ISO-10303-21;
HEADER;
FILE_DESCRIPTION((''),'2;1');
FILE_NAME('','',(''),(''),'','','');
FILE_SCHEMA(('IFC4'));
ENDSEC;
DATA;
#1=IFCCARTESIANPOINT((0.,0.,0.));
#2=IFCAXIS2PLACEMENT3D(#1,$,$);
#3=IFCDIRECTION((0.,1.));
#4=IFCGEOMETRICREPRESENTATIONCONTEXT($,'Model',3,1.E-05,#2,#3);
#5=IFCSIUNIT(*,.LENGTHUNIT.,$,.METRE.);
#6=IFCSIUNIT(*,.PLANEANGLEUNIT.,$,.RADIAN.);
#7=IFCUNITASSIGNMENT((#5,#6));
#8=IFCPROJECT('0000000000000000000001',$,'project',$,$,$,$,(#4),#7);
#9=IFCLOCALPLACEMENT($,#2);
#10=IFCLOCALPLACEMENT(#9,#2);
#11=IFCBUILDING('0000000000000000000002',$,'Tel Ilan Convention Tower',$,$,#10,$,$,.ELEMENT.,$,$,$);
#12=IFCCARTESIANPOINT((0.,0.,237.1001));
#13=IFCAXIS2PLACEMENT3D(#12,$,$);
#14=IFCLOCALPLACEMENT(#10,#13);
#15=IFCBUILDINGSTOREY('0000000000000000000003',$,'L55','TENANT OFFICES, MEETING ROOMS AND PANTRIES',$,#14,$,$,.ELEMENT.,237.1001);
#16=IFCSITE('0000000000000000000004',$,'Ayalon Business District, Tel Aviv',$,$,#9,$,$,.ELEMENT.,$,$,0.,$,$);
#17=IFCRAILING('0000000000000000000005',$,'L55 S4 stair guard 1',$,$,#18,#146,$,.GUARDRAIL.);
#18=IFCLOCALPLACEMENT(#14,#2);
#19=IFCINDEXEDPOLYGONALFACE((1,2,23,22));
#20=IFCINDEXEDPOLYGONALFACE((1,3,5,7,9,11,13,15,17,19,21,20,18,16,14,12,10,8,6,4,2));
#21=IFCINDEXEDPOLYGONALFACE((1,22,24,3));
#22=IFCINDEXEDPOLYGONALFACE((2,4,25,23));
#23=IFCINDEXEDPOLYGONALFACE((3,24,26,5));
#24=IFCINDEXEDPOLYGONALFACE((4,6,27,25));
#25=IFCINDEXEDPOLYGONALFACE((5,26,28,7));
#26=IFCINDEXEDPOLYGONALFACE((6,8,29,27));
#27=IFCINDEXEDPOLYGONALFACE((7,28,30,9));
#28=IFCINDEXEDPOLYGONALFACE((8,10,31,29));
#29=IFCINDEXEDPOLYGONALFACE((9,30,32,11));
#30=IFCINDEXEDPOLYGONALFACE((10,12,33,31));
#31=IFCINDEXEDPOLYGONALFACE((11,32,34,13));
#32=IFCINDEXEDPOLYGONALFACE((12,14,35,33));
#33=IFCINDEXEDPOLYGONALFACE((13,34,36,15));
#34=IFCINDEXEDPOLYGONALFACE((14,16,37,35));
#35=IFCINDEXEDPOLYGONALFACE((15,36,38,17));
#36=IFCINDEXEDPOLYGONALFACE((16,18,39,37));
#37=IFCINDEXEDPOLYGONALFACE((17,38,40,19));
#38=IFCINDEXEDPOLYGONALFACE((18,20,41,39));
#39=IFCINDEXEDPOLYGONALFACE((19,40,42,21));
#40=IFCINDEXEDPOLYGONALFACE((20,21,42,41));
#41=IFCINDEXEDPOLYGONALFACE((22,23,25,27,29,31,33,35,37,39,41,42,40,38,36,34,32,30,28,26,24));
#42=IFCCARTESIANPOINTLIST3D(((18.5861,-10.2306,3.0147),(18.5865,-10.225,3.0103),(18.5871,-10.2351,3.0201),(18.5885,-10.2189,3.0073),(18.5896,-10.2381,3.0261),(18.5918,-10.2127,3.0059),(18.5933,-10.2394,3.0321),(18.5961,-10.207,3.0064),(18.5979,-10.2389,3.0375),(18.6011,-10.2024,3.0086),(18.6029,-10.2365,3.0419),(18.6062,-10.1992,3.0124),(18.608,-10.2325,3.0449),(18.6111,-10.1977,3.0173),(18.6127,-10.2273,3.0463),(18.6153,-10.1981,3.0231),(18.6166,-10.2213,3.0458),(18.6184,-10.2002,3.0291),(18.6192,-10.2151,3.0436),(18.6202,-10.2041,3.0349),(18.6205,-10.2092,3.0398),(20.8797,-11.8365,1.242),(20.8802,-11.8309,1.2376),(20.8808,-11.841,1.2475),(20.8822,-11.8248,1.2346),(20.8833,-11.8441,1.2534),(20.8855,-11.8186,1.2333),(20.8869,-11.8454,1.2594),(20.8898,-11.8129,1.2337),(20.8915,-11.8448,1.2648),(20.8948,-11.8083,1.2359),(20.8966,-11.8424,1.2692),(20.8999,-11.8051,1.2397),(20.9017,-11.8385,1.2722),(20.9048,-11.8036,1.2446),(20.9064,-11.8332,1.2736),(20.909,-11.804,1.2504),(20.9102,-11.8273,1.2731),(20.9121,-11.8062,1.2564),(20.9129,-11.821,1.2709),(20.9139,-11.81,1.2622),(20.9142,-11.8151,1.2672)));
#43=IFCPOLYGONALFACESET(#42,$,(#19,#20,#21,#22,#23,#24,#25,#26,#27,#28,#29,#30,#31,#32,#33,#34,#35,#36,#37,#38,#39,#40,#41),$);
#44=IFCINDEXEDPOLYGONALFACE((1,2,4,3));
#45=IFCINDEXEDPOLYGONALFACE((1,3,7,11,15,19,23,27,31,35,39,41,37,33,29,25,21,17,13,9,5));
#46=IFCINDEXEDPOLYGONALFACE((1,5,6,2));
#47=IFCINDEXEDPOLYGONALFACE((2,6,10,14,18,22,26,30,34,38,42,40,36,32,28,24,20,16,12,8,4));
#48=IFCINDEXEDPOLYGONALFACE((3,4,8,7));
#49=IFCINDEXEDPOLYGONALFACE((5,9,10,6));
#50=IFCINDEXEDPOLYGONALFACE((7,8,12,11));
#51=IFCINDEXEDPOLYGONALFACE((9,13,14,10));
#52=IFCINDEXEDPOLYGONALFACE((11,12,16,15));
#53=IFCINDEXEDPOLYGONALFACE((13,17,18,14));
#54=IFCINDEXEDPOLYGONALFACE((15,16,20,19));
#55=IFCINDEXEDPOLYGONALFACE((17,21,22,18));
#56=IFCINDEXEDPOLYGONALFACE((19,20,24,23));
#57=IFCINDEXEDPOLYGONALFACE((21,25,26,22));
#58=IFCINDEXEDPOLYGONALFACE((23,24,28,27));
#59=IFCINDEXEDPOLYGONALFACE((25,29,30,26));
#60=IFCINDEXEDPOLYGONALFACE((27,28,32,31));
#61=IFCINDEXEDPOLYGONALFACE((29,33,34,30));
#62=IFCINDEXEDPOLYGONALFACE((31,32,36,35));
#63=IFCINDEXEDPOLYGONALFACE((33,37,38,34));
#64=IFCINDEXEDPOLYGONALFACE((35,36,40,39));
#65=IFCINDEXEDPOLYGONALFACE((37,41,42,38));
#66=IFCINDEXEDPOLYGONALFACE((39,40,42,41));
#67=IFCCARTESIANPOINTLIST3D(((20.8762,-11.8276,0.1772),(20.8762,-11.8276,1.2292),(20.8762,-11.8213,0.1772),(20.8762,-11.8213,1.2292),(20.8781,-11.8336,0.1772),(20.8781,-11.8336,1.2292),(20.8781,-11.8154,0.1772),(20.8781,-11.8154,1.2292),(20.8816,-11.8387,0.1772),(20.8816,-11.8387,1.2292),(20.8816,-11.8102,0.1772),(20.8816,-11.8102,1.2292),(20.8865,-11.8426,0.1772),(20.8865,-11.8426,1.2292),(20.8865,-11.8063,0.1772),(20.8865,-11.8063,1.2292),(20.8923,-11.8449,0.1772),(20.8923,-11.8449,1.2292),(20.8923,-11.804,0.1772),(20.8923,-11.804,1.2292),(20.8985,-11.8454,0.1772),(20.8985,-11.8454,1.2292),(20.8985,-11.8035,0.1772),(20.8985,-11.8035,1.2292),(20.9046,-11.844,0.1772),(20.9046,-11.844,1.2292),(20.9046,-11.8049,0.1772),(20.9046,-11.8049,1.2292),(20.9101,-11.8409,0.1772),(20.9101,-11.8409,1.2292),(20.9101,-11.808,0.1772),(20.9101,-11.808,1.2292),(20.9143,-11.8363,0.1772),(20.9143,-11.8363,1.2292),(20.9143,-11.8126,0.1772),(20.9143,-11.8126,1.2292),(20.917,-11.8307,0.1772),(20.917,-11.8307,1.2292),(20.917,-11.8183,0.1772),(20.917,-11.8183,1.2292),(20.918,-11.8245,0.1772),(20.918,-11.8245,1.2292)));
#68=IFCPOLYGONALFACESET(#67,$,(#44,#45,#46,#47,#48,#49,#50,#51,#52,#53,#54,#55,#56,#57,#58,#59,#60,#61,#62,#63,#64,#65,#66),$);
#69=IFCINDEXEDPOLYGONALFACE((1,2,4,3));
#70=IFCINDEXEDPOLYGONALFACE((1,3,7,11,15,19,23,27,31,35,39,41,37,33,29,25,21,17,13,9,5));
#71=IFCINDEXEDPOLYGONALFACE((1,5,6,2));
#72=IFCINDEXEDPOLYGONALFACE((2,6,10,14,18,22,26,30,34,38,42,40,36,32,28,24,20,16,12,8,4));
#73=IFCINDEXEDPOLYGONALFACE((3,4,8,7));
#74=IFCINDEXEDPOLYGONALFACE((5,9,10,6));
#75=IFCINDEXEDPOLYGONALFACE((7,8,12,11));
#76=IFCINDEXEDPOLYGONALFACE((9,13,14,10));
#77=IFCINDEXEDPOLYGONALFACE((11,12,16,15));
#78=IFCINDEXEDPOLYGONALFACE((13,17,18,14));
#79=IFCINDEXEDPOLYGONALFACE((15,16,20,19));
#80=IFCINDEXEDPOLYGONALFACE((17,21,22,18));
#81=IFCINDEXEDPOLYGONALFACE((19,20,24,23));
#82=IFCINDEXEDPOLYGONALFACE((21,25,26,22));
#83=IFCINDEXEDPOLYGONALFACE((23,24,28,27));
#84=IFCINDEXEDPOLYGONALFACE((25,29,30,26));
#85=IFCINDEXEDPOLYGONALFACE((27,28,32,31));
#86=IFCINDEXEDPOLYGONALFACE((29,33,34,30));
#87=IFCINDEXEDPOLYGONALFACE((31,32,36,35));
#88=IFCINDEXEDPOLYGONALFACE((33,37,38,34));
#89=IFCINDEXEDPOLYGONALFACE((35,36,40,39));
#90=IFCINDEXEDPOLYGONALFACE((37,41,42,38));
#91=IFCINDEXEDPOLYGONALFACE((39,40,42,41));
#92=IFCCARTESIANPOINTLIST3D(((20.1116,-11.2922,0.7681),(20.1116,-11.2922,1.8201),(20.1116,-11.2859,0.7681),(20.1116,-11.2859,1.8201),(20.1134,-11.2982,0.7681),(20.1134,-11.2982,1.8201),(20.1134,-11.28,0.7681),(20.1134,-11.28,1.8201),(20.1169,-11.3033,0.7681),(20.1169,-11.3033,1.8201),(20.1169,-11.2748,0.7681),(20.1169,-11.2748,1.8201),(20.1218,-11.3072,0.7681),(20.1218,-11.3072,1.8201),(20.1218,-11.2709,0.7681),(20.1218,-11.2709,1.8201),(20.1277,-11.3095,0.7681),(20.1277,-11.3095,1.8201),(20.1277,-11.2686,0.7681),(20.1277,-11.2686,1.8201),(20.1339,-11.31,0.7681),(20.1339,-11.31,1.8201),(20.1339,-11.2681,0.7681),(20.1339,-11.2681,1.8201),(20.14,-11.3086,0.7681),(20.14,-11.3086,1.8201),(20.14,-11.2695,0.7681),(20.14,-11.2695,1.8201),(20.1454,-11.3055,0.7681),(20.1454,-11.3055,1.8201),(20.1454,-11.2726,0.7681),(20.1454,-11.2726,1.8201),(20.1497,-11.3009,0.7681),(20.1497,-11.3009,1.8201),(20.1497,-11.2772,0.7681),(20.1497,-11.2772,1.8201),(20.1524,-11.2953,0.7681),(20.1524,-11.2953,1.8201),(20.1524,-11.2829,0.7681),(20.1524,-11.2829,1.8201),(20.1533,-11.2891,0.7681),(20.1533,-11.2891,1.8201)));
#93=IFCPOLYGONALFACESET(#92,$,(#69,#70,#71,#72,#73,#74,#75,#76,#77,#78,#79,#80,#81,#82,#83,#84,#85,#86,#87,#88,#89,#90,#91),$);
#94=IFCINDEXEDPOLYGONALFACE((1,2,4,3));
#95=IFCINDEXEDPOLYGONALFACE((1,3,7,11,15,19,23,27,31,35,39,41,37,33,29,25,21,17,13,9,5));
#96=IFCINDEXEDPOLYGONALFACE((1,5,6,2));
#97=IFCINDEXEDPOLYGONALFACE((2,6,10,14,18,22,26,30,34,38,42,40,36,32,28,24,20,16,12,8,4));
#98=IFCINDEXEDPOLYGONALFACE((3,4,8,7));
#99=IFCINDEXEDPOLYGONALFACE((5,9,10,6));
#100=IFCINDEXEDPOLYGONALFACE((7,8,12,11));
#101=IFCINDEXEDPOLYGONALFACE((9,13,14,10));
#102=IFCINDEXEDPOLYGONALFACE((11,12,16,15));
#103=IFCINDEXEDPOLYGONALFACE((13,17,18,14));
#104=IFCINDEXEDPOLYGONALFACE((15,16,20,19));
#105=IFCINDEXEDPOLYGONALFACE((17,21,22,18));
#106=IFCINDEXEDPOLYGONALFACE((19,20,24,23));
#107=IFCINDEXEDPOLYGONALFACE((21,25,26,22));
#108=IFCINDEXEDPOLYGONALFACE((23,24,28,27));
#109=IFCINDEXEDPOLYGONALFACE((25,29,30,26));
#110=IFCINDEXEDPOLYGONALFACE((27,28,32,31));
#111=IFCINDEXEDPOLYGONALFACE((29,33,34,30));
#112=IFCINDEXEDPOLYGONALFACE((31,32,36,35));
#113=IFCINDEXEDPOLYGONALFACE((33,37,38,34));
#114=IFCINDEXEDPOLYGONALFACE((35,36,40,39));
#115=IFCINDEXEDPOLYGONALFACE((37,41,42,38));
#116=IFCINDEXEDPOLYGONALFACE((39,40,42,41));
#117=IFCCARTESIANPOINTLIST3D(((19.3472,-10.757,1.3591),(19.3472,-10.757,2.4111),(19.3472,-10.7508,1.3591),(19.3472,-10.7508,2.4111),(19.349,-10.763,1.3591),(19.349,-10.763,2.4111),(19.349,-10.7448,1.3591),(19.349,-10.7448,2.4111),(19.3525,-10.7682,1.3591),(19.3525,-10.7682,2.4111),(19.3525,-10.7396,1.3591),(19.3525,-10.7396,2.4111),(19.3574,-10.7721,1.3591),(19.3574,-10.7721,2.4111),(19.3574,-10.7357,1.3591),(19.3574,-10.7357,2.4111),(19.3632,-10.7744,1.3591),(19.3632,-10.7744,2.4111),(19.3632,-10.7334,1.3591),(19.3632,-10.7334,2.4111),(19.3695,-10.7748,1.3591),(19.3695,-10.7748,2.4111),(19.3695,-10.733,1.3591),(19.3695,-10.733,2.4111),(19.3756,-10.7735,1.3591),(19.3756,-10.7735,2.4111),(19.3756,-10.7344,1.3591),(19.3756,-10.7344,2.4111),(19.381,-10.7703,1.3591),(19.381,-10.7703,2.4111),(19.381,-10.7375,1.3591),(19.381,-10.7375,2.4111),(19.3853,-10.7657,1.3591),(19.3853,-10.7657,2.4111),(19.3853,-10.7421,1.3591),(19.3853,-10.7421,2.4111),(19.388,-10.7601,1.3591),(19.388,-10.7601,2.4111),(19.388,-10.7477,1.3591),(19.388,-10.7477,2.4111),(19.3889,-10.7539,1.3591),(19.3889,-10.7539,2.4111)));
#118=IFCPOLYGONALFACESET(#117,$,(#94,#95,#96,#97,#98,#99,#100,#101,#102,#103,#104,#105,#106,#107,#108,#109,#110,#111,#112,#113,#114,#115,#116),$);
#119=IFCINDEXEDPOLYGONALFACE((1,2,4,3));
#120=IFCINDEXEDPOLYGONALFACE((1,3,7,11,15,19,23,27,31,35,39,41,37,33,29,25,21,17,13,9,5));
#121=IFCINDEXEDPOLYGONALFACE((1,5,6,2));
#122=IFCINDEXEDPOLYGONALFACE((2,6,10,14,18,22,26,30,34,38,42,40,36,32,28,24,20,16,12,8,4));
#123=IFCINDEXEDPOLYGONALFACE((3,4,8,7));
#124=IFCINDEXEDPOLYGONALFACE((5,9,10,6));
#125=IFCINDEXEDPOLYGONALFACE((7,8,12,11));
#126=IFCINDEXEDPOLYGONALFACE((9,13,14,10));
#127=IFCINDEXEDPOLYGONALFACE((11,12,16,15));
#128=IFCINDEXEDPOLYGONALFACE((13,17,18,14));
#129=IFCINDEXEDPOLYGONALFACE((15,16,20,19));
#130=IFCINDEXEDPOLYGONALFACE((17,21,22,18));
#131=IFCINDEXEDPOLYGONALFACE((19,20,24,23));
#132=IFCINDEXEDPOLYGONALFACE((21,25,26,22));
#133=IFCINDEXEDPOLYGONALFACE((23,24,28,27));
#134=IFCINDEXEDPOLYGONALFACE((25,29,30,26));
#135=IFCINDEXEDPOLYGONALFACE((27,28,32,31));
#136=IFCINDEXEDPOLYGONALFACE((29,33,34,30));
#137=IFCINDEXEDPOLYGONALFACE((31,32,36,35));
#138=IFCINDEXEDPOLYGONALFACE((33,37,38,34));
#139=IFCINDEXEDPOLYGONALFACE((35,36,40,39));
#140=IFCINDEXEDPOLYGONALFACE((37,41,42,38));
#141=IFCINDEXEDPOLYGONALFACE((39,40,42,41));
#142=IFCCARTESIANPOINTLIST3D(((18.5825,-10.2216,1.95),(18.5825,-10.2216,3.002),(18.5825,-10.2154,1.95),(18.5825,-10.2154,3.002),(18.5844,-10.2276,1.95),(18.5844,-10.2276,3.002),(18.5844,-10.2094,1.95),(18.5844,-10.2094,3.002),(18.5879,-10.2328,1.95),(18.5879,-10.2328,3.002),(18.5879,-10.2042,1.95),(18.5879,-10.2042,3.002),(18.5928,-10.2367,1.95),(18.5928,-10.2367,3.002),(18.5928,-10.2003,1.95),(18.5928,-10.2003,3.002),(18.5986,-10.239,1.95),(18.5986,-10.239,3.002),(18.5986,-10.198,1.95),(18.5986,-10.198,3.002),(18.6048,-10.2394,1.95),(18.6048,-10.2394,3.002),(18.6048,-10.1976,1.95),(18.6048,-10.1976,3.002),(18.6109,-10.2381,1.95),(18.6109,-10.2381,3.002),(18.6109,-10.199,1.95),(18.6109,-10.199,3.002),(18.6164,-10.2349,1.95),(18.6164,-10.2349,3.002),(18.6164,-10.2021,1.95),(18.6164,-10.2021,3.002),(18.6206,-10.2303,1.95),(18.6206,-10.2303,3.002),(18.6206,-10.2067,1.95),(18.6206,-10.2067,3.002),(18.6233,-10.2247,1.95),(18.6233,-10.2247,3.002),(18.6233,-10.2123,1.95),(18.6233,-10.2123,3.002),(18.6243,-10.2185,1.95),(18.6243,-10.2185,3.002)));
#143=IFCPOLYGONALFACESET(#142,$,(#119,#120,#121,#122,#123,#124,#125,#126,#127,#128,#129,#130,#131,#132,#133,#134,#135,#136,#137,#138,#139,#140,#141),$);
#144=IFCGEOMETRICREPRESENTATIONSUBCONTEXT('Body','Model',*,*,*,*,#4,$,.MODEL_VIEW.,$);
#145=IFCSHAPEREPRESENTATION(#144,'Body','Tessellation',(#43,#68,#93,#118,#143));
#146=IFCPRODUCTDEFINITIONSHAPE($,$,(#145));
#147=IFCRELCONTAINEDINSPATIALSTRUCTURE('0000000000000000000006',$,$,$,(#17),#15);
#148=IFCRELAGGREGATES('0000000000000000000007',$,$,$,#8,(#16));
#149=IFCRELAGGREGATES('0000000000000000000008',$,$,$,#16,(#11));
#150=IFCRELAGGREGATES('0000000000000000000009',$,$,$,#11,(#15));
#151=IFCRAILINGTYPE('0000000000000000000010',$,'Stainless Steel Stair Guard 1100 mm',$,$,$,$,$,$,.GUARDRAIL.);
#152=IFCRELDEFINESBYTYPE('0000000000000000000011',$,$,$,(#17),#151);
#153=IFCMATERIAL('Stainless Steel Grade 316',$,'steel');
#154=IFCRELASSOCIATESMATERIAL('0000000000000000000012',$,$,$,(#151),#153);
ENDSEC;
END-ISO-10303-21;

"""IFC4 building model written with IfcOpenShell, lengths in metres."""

from ifc_helpers import new_model, si_unit, direction, frame, origin, origin_2d, place, context, subcontext, project, spatial, circle, extrude, material, type_object, element, save


model = new_model("IFC4")

# Units and contexts
model_context = context("Model", 3, precision=1e-05, world=origin(), true_north=direction((0.0, 1.0)))
body_context = subcontext(model_context, "Body", "Model", "MODEL_VIEW")
ifc_project = project(units=[si_unit("LENGTHUNIT", "METRE"), si_unit("PLANEANGLEUNIT", "RADIAN")], contexts=[model_context])

# Site, building, storey
site_placement = place(None, origin())
site = spatial("IfcSite", under=ifc_project, at=site_placement, Name="Ayalon Business District, Tel Aviv", CompositionType="ELEMENT", RefElevation=0.0)
building_placement = place(site_placement, origin())
building = spatial("IfcBuilding", under=site, at=building_placement, Name="Tel Ilan Convention Tower", CompositionType="ELEMENT")
storey_placement = place(building_placement, frame((0.0, 0.0, 237.1001)))
storey = spatial("IfcBuildingStorey", under=building, at=storey_placement, Name="L55", Description="TENANT OFFICES, MEETING ROOMS AND PANTRIES", CompositionType="ELEMENT", Elevation=237.1001)

# Railing
ifc_material_1 = material(Name="Stainless Steel Grade 316", Category="steel")
railing_type_1 = type_object("IfcRailingType", Name="Stainless Steel Stair Guard 1100 mm", PredefinedType="GUARDRAIL", material=ifc_material_1)
railing_1_placement = place(storey_placement, frame((20.897, -11.8245, 0.1772)))
element("IfcRailing", 1, at=railing_1_placement, inside=storey, type_object=railing_type_1, Name="L55 S4 stair guard 1", PredefinedType="GUARDRAIL", context=body_context, shape_type="SweptSolid", body=[
    extrude(circle(Radius=0.0239, at=origin_2d()), frame((0.0, 0.0, 1.0762), z_axis=(-0.692123, 0.484597, 0.534913), x_axis=(-0.57355, -0.81917, 0.0)), (0.0, 0.0, 1.0), 3.314),
    extrude(circle(Radius=0.021, at=origin_2d()), origin(), (0.0, 0.0, 1.0), 1.052),
    extrude(circle(Radius=0.021, at=origin_2d()), frame((-0.7646, 0.5354, 0.5908)), (0.0, 0.0, 1.0), 1.052),
    extrude(circle(Radius=0.021, at=origin_2d()), frame((-1.5291, 1.0706, 1.1819)), (0.0, 0.0, 1.0), 1.052),
    extrude(circle(Radius=0.021, at=origin_2d()), frame((-2.2937, 1.606, 1.7727)), (0.0, 0.0, 1.0), 1.052),
])

save(model, "model.ifc")
